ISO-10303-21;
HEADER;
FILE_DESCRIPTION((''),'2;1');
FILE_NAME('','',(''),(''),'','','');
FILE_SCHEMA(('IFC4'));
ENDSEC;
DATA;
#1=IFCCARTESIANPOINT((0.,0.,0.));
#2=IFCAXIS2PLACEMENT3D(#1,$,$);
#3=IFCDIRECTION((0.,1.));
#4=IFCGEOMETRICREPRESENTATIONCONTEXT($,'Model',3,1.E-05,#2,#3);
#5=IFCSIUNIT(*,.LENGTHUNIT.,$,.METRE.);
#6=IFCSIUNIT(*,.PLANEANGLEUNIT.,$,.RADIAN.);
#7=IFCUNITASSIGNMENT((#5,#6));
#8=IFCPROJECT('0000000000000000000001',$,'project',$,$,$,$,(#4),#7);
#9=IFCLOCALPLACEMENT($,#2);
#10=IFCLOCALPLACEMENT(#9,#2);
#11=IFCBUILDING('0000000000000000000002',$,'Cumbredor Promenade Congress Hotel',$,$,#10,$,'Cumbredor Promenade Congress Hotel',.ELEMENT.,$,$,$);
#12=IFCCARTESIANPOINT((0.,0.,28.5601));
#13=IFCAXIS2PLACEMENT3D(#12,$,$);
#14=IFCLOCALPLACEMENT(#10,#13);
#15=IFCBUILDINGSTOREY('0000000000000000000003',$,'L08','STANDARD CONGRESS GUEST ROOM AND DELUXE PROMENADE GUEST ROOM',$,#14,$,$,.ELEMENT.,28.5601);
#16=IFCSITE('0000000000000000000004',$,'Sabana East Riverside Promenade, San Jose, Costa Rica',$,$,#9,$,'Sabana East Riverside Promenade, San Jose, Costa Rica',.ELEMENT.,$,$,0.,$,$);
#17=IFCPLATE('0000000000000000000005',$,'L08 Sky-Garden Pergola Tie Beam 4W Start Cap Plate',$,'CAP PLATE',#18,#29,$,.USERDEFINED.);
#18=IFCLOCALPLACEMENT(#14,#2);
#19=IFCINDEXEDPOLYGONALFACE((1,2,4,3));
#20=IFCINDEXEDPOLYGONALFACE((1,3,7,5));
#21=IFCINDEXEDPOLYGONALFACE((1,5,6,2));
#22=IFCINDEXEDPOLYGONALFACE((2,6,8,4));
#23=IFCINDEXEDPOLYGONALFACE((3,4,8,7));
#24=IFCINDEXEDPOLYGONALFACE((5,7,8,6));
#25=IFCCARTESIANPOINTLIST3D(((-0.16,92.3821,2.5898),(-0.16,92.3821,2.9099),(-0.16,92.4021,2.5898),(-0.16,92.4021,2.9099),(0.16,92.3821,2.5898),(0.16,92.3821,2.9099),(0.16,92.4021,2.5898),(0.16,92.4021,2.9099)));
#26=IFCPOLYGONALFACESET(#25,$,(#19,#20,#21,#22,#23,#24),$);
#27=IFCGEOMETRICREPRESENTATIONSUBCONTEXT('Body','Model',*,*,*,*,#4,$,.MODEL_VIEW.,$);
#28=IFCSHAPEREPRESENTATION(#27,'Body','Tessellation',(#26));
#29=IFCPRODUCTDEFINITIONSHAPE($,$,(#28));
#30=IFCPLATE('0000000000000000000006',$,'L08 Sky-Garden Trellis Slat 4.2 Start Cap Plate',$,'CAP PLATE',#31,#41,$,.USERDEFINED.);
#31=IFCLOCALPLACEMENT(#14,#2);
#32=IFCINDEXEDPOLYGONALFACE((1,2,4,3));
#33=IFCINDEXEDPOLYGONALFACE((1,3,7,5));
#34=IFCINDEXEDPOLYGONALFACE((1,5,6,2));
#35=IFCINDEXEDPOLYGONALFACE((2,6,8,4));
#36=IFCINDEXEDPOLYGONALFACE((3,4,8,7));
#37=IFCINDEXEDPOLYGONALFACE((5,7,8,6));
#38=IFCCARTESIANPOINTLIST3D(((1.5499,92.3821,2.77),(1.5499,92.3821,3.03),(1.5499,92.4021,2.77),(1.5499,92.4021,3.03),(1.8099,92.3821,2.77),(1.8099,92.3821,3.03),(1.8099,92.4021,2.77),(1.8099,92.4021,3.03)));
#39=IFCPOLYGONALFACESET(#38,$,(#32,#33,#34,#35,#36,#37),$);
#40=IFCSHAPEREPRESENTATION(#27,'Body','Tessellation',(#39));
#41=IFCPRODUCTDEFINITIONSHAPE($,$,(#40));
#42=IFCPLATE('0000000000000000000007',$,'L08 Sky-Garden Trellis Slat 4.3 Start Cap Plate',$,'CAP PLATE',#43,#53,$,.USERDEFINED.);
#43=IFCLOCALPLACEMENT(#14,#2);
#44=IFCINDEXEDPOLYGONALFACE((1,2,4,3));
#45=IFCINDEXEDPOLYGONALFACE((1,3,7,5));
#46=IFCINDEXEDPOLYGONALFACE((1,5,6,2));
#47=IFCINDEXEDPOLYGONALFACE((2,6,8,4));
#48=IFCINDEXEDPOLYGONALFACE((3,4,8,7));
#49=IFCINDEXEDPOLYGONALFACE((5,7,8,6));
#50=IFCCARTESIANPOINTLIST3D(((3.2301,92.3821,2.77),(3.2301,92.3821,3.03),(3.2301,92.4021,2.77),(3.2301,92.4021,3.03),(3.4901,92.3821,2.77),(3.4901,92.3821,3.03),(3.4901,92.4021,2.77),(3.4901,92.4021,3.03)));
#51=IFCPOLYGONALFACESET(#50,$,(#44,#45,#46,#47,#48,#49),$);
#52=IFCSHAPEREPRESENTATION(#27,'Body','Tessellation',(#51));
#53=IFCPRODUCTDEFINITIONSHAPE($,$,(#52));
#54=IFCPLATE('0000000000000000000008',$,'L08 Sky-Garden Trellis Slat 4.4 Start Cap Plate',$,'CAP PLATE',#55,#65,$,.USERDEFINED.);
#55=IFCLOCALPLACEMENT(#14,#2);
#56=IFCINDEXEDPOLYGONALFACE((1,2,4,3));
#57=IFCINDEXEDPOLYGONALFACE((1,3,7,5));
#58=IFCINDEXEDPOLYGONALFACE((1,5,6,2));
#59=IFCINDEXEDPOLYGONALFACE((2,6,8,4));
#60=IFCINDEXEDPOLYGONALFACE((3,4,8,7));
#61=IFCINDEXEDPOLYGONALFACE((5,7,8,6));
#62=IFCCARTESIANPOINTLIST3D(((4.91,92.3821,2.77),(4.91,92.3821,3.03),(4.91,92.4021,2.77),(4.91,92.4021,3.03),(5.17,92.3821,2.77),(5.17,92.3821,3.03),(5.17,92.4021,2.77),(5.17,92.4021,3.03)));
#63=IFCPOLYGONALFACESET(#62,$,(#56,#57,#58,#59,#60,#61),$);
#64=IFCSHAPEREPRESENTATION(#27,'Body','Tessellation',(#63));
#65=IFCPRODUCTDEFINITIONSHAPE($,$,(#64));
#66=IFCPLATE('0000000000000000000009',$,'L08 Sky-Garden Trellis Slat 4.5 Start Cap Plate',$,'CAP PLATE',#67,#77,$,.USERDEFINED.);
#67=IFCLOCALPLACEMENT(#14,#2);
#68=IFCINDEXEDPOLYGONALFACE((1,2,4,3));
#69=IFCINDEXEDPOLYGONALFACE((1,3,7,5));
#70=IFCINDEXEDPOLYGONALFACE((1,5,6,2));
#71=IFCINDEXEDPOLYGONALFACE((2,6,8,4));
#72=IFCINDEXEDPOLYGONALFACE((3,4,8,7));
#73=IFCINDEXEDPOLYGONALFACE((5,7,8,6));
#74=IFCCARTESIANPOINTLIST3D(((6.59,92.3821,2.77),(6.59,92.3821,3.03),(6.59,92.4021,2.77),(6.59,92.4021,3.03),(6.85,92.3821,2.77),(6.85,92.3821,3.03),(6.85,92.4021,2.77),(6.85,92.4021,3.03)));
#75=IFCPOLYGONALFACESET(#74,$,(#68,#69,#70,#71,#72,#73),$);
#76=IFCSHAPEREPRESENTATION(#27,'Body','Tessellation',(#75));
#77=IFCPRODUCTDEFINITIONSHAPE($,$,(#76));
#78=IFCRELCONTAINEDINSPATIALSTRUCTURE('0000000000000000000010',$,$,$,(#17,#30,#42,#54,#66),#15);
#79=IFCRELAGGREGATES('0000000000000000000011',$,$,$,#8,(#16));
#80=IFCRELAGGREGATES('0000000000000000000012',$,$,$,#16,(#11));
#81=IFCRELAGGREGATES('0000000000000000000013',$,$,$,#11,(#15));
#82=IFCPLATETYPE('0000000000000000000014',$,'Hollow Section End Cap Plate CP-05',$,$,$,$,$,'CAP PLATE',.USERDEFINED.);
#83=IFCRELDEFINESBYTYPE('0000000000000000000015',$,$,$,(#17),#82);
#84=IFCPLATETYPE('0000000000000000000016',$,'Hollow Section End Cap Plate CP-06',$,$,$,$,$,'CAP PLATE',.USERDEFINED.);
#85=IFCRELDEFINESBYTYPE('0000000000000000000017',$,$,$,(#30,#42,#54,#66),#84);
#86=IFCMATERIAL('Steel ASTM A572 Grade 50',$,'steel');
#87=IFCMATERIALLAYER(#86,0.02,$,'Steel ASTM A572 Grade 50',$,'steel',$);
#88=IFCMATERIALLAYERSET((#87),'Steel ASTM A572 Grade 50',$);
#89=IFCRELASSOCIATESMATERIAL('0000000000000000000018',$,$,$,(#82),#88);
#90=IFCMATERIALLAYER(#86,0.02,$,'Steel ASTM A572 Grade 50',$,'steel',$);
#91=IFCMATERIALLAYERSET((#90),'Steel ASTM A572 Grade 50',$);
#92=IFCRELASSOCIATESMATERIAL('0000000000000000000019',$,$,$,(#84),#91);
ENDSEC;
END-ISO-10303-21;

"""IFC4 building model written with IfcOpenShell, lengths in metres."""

from ifc_helpers import new_model, si_unit, direction, frame, origin, origin_2d, place, context, subcontext, project, spatial, rectangle, extrude, material, layer, layer_set, type_object, element, save


model = new_model("IFC4")

# Units and contexts
model_context = context("Model", 3, precision=1e-05, world=origin(), true_north=direction((0.0, 1.0)))
body_context = subcontext(model_context, "Body", "Model", "MODEL_VIEW")
ifc_project = project(units=[si_unit("LENGTHUNIT", "METRE"), si_unit("PLANEANGLEUNIT", "RADIAN")], contexts=[model_context])

# Site, building, storey
site_placement = place(None, origin())
site = spatial("IfcSite", under=ifc_project, at=site_placement, Name="Sabana East Riverside Promenade, San Jose, Costa Rica", LongName="Sabana East Riverside Promenade, San Jose, Costa Rica", CompositionType="ELEMENT", RefElevation=0.0)
building_placement = place(site_placement, origin())
building = spatial("IfcBuilding", under=site, at=building_placement, Name="Cumbredor Promenade Congress Hotel", LongName="Cumbredor Promenade Congress Hotel", CompositionType="ELEMENT")
storey_placement = place(building_placement, frame((0.0, 0.0, 28.5601)))
storey = spatial("IfcBuildingStorey", under=building, at=storey_placement, Name="L08", Description="STANDARD CONGRESS GUEST ROOM AND DELUXE PROMENADE GUEST ROOM", CompositionType="ELEMENT", Elevation=28.5601)

# Plates
ifc_material_1 = material(Name="Steel ASTM A572 Grade 50", Category="steel")
ifc_layer_1 = layer(ifc_material_1, 0.02, Name="Steel ASTM A572 Grade 50", Category="steel")
ifc_layer_set_1 = layer_set([ifc_layer_1], Name="Steel ASTM A572 Grade 50")
plate_type_1 = type_object("IfcPlateType", Name="Hollow Section End Cap Plate CP-05", ElementType="CAP PLATE", PredefinedType="USERDEFINED", material=ifc_layer_set_1)
for number, where, z_axis, x_axis, name in (
    (1, (0.0, 92.3921, 2.5898), (0.0, 0.0, 1.0), (0.0, 1.0, 0.0), "L08 Sky-Garden Pergola Tie Beam 4W Start Cap Plate"),
):
    element("IfcPlate", number, at=place(storey_placement, frame(where, z_axis=z_axis, x_axis=x_axis)), inside=storey, type_object=plate_type_1, Name=name, ObjectType="CAP PLATE", PredefinedType="USERDEFINED", context=body_context, shape_type="SweptSolid", body=[
        extrude(rectangle(XDim=0.02, YDim=0.3201, at=origin_2d()), origin(), (0.0, 0.0, 1.0), 0.3201),
    ])
ifc_layer_2 = layer(ifc_material_1, 0.02, Name="Steel ASTM A572 Grade 50", Category="steel")
ifc_layer_set_2 = layer_set([ifc_layer_2], Name="Steel ASTM A572 Grade 50")
plate_type_2 = type_object("IfcPlateType", Name="Hollow Section End Cap Plate CP-06", ElementType="CAP PLATE", PredefinedType="USERDEFINED", material=ifc_layer_set_2)
for number, where, z_axis, x_axis, name in (
    (2, (1.6799, 92.3921, 2.77), (0.0, 0.0, 1.0), (0.0, 1.0, 0.0), "L08 Sky-Garden Trellis Slat 4.2 Start Cap Plate"),
    (3, (3.3601, 92.3921, 2.77), (0.0, 0.0, 1.0), (0.0, 1.0, 0.0), "L08 Sky-Garden Trellis Slat 4.3 Start Cap Plate"),
    (4, (5.04, 92.3921, 2.77), (0.0, 0.0, 1.0), (0.0, 1.0, 0.0), "L08 Sky-Garden Trellis Slat 4.4 Start Cap Plate"),
    (5, (6.72, 92.3921, 2.77), (0.0, 0.0, 1.0), (0.0, 1.0, 0.0), "L08 Sky-Garden Trellis Slat 4.5 Start Cap Plate"),
):
    element("IfcPlate", number, at=place(storey_placement, frame(where, z_axis=z_axis, x_axis=x_axis)), inside=storey, type_object=plate_type_2, Name=name, ObjectType="CAP PLATE", PredefinedType="USERDEFINED", context=body_context, shape_type="SweptSolid", body=[
        extrude(rectangle(XDim=0.02, YDim=0.26, at=origin_2d()), origin(), (0.0, 0.0, 1.0), 0.26),
    ])

save(model, "model.ifc")
